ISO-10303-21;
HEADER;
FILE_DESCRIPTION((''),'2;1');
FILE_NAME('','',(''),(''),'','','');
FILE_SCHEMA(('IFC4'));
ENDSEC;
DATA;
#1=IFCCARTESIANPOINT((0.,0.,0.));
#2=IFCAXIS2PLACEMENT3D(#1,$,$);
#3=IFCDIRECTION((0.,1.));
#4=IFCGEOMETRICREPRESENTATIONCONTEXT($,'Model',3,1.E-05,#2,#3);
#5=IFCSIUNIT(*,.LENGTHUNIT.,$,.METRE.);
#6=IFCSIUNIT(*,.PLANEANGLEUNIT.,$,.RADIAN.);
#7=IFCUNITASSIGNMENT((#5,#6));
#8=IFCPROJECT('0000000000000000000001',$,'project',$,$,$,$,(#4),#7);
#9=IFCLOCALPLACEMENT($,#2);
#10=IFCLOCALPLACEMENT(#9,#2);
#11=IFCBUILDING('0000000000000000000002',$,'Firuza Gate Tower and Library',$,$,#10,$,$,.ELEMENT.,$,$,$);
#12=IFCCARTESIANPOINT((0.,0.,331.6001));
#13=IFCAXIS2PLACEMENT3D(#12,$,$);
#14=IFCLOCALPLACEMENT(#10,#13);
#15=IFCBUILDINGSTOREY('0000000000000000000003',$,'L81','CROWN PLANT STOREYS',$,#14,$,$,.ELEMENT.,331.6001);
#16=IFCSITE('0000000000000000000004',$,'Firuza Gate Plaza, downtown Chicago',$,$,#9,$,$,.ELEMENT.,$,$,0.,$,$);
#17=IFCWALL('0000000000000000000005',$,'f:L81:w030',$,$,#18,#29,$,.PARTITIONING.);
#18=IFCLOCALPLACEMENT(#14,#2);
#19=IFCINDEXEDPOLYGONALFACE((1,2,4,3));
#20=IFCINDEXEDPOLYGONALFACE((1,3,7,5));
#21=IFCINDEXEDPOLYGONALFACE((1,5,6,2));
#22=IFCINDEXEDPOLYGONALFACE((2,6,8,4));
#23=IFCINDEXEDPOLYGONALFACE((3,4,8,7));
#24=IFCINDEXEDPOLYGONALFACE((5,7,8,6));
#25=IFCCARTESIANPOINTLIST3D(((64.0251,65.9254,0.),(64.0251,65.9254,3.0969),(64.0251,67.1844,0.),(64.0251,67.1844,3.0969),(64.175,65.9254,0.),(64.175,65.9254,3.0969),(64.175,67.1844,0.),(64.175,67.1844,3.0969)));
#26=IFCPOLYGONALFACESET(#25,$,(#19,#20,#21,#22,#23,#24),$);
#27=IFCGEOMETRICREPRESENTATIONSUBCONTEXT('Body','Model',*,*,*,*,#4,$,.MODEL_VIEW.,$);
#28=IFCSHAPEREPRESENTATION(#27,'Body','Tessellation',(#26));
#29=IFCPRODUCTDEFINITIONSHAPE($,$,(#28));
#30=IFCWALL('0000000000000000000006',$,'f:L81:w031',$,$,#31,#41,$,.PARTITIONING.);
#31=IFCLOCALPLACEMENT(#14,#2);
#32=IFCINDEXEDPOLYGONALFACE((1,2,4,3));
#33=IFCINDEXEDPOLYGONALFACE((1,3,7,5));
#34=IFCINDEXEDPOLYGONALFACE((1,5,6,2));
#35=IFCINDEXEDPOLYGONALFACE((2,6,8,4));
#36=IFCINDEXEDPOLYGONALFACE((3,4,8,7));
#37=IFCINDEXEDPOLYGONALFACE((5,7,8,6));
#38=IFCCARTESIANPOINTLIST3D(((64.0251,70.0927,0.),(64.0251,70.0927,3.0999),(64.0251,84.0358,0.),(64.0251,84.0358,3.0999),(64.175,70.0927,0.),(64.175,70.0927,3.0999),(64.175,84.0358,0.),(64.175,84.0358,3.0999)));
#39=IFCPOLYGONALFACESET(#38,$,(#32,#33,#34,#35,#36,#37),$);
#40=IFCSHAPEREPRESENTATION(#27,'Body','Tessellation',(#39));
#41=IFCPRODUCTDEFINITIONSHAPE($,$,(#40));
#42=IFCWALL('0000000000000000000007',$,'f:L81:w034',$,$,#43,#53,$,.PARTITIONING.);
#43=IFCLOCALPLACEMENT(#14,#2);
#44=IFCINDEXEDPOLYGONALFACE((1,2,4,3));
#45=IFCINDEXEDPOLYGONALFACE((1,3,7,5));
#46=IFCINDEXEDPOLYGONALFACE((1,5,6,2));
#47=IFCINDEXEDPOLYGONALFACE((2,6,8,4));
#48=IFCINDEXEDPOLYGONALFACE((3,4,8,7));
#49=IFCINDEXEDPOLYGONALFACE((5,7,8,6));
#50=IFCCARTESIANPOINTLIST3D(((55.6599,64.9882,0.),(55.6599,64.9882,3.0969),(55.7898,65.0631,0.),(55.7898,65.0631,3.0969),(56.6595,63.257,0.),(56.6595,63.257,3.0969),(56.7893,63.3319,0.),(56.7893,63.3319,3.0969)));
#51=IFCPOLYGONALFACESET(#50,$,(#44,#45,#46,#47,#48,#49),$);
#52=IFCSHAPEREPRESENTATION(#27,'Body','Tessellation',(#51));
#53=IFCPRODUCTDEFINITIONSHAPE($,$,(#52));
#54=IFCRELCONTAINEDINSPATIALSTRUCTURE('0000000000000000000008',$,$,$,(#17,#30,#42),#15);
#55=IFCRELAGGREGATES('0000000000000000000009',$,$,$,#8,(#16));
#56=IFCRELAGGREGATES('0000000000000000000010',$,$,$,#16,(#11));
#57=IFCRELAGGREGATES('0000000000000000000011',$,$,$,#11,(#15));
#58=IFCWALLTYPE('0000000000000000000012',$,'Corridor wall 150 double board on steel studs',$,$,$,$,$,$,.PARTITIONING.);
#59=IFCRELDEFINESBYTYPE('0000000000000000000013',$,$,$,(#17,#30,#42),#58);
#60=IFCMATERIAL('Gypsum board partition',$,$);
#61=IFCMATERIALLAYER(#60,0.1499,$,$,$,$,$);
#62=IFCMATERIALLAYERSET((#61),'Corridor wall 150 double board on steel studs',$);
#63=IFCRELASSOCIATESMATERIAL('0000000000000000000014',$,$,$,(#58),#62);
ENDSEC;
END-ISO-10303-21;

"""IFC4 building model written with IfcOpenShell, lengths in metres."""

from ifc_helpers import new_model, si_unit, direction, frame, frame_2d, origin, place, context, subcontext, project, spatial, rectangle, extrude, material, layer, layer_set, type_object, element, save


model = new_model("IFC4")

# Units and contexts
model_context = context("Model", 3, precision=1e-05, world=origin(), true_north=direction((0.0, 1.0)))
body_context = subcontext(model_context, "Body", "Model", "MODEL_VIEW")
ifc_project = project(units=[si_unit("LENGTHUNIT", "METRE"), si_unit("PLANEANGLEUNIT", "RADIAN")], contexts=[model_context])

# Site, building, storey
site_placement = place(None, origin())
site = spatial("IfcSite", under=ifc_project, at=site_placement, Name="Firuza Gate Plaza, downtown Chicago", CompositionType="ELEMENT", RefElevation=0.0)
building_placement = place(site_placement, origin())
building = spatial("IfcBuilding", under=site, at=building_placement, Name="Firuza Gate Tower and Library", CompositionType="ELEMENT")
storey_placement = place(building_placement, frame((0.0, 0.0, 331.6001)))
storey = spatial("IfcBuildingStorey", under=building, at=storey_placement, Name="L81", Description="CROWN PLANT STOREYS", CompositionType="ELEMENT", Elevation=331.6001)

# Shared definitions
ifc_material_1 = material(Name="Gypsum board partition")
ifc_layer_1 = layer(ifc_material_1, 0.1499)
ifc_layer_set_1 = layer_set([ifc_layer_1], Name="Corridor wall 150 double board on steel studs")
wall_type_1 = type_object("IfcWallType", Name="Corridor wall 150 double board on steel studs", PredefinedType="PARTITIONING", material=ifc_layer_set_1)

# Walls
wall_1_placement = place(storey_placement, frame((64.1001, 65.9255, 0.0), z_axis=(0.0, 0.0, 1.0), x_axis=(0.0, 1.0, 0.0)))
element("IfcWall", 1, at=wall_1_placement, inside=storey, type_object=wall_type_1, Name="f:L81:w030", PredefinedType="PARTITIONING", context=body_context, shape_type="SweptSolid", body=[
    extrude(rectangle(XDim=1.259, YDim=0.1499, at=frame_2d((0.6294, 0.0))), origin(), (0.0, 0.0, 1.0), 3.0969),
])
wall_2_placement = place(storey_placement, frame((64.1001, 70.0925, 0.0), z_axis=(0.0, 0.0, 1.0), x_axis=(0.0, 1.0, 0.0)))
element("IfcWall", 2, at=wall_2_placement, inside=storey, type_object=wall_type_1, Name="f:L81:w031", PredefinedType="PARTITIONING", context=body_context, shape_type="SweptSolid", body=[
    extrude(rectangle(XDim=13.9431, YDim=0.1499, at=frame_2d((6.9717, 0.0))), origin(), (0.0, 0.0, 1.0), 3.0999),
])
wall_3_placement = place(storey_placement, frame((56.7244, 63.2944, 0.0), z_axis=(0.0, 0.0, 1.0), x_axis=(-0.500001, 0.866025, 0.0)))
element("IfcWall", 3, at=wall_3_placement, inside=storey, type_object=wall_type_1, Name="f:L81:w034", PredefinedType="PARTITIONING", context=body_context, shape_type="SweptSolid", body=[
    extrude(rectangle(XDim=1.999, YDim=0.1499, at=frame_2d((0.9995, 0.0))), origin(), (0.0, 0.0, 1.0), 3.0969),
])

save(model, "model.ifc")
